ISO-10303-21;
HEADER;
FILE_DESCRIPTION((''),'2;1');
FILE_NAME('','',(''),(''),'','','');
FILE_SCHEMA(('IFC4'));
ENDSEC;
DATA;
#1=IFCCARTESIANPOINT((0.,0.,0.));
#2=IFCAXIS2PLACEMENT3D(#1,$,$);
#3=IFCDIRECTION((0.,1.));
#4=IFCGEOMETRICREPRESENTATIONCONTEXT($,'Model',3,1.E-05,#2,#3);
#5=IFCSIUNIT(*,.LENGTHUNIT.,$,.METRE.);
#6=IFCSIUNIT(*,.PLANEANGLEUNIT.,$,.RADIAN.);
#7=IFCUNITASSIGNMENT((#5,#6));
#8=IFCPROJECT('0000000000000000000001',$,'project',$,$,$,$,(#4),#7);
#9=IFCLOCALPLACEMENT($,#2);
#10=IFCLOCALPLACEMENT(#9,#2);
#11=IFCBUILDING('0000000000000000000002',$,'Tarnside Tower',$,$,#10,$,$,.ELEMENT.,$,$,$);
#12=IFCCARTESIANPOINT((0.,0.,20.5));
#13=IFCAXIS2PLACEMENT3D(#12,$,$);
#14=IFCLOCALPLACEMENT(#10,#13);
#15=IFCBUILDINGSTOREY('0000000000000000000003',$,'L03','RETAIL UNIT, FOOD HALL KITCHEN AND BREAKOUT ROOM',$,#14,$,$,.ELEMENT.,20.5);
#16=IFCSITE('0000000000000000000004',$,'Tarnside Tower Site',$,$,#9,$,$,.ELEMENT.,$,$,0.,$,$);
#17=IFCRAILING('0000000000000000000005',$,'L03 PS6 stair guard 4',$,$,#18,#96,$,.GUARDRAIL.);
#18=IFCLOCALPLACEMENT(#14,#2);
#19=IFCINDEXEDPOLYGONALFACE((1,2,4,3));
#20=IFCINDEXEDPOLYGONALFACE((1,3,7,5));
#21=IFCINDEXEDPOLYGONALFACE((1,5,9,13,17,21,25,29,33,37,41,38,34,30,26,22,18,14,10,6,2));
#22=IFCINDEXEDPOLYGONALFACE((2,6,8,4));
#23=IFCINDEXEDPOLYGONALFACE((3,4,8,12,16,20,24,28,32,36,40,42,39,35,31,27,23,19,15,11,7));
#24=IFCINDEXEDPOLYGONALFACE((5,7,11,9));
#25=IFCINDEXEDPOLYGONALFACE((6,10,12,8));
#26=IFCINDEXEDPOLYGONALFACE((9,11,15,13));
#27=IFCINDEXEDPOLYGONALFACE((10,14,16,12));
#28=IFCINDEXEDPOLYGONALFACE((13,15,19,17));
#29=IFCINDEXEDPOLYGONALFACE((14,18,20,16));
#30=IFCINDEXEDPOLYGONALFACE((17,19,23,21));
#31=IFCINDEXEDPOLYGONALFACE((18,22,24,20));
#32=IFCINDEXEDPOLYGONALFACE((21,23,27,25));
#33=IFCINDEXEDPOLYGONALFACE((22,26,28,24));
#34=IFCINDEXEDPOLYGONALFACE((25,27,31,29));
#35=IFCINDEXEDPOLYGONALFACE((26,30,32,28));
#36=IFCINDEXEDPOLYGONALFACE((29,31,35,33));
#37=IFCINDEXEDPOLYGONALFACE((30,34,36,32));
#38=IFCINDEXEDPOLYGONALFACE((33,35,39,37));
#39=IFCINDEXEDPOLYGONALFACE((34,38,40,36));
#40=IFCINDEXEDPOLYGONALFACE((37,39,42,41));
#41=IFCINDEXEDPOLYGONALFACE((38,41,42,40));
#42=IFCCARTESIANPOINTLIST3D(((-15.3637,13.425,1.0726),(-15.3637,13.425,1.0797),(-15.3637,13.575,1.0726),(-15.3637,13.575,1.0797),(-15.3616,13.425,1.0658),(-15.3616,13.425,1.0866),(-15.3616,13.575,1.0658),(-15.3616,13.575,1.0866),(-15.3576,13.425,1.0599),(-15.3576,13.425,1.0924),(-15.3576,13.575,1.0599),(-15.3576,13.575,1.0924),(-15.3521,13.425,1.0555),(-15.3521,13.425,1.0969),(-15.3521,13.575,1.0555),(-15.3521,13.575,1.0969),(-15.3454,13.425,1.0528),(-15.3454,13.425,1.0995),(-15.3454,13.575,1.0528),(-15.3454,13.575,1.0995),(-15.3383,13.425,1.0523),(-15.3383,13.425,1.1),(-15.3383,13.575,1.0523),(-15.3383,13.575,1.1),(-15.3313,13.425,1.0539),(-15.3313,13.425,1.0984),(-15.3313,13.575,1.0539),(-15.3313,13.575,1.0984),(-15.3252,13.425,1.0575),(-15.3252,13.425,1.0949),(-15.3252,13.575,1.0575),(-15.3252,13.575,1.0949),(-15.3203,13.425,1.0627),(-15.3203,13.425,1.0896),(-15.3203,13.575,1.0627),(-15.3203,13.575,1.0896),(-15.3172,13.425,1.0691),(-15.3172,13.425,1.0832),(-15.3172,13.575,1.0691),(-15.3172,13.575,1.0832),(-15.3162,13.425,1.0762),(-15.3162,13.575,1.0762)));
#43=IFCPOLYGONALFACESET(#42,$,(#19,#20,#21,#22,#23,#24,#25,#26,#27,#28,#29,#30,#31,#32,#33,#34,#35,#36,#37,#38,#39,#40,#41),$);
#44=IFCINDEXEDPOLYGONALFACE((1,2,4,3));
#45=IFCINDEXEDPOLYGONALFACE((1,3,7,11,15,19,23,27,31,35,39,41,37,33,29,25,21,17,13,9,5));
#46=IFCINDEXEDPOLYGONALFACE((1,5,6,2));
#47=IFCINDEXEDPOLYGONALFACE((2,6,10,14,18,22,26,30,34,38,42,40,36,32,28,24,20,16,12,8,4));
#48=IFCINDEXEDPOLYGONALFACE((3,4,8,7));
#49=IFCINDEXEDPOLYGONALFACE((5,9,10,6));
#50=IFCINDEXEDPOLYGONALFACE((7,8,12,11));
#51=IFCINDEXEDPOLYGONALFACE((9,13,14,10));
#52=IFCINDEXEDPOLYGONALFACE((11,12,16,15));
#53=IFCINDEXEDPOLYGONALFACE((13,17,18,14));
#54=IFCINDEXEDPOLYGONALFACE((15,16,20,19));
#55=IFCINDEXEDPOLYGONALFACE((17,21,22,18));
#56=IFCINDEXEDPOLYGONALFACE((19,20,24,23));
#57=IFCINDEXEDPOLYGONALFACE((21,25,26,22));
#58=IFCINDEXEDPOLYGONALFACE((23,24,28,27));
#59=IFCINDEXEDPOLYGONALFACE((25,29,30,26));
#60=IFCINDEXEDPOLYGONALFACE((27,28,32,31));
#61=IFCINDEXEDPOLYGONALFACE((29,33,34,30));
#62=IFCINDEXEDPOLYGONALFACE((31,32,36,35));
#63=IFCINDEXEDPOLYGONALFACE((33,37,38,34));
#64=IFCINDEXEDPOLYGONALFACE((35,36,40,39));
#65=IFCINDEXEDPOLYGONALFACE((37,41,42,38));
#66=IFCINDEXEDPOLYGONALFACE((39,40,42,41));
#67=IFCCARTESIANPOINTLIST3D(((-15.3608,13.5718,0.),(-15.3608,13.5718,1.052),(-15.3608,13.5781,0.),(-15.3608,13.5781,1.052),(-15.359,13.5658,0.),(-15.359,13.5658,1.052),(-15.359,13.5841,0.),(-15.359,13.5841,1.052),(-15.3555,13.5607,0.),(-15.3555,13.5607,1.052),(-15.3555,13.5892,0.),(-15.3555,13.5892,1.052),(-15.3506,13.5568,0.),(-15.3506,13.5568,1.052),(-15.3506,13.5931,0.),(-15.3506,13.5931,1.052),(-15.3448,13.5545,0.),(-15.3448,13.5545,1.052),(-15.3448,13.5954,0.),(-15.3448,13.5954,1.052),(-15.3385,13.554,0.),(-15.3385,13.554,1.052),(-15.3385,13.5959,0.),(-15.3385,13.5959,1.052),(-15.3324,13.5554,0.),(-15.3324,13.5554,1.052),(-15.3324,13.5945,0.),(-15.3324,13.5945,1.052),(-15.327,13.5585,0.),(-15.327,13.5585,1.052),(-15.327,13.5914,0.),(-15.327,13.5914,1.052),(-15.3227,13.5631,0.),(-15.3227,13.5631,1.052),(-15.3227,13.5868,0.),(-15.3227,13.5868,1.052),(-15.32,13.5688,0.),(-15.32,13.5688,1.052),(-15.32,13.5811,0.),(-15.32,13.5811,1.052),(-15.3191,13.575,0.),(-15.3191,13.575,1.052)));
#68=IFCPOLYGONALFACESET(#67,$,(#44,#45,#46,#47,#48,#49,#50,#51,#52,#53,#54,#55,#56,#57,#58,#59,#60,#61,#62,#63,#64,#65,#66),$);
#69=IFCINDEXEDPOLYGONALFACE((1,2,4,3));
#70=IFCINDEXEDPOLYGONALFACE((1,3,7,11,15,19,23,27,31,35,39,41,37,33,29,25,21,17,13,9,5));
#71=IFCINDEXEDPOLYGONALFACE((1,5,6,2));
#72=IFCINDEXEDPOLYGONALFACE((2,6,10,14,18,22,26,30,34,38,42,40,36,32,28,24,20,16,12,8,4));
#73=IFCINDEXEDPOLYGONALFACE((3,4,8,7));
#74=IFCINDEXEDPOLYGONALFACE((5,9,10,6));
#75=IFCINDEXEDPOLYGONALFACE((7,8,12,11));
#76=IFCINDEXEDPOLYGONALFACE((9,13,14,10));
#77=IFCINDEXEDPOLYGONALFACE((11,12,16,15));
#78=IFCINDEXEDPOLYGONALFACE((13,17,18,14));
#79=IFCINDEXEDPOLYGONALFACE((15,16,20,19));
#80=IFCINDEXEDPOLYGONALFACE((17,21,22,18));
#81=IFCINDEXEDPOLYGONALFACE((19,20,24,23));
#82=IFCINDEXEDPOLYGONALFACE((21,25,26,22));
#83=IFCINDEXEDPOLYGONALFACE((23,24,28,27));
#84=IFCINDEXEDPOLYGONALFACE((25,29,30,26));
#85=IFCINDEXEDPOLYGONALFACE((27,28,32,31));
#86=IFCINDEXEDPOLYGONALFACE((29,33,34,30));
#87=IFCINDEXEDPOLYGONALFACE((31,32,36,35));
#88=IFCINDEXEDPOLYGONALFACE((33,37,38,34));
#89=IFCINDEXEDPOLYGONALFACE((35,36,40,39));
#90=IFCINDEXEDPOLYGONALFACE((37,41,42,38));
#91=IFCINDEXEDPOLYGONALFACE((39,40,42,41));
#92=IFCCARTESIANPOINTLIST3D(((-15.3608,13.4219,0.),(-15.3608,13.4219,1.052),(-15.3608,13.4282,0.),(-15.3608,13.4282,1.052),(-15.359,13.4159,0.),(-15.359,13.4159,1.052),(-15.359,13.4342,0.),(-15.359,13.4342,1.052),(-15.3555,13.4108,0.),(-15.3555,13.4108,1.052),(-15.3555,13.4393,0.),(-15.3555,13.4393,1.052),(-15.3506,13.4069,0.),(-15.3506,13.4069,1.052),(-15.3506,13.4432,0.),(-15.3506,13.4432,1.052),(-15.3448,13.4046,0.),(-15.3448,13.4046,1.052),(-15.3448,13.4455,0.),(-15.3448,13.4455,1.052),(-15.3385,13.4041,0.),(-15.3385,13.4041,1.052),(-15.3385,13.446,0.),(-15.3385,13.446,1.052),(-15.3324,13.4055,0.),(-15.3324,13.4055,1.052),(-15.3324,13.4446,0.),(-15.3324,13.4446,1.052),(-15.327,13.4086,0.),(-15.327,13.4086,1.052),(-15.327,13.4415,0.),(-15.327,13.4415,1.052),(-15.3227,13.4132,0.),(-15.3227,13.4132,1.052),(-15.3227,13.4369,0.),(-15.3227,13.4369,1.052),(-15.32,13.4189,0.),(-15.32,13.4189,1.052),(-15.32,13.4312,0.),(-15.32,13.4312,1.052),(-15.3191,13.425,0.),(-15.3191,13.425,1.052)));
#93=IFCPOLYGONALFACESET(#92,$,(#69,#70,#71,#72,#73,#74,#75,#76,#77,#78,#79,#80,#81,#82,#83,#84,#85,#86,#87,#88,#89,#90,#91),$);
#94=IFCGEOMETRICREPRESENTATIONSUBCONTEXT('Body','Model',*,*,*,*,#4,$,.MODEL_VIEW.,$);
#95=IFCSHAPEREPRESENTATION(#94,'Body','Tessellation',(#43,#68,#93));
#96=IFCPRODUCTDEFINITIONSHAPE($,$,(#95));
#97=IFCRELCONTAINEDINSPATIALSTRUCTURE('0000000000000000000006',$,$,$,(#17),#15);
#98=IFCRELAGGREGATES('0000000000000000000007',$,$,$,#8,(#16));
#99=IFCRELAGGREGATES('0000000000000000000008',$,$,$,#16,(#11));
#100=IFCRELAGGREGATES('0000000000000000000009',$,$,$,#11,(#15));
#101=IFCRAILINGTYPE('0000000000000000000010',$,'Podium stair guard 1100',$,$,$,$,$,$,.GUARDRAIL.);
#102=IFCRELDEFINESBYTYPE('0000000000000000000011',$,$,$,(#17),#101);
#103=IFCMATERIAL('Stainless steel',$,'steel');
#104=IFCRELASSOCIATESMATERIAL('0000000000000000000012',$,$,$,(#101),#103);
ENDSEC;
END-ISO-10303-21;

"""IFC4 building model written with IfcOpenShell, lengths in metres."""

from ifc_helpers import new_model, si_unit, direction, frame, origin, origin_2d, place, context, subcontext, project, spatial, circle, extrude, material, type_object, element, save


model = new_model("IFC4")

# Units and contexts
model_context = context("Model", 3, precision=1e-05, world=origin(), true_north=direction((0.0, 1.0)))
body_context = subcontext(model_context, "Body", "Model", "MODEL_VIEW")
ifc_project = project(units=[si_unit("LENGTHUNIT", "METRE"), si_unit("PLANEANGLEUNIT", "RADIAN")], contexts=[model_context])

# Site, building, storey
site_placement = place(None, origin())
site = spatial("IfcSite", under=ifc_project, at=site_placement, Name="Tarnside Tower Site", CompositionType="ELEMENT", RefElevation=0.0)
building_placement = place(site_placement, origin())
building = spatial("IfcBuilding", under=site, at=building_placement, Name="Tarnside Tower", CompositionType="ELEMENT")
storey_placement = place(building_placement, frame((0.0, 0.0, 20.5)))
storey = spatial("IfcBuildingStorey", under=building, at=storey_placement, Name="L03", Description="RETAIL UNIT, FOOD HALL KITCHEN AND BREAKOUT ROOM", CompositionType="ELEMENT", Elevation=20.5)

# Railing
ifc_material_1 = material(Name="Stainless steel", Category="steel")
railing_type = type_object("IfcRailingType", Name="Podium stair guard 1100", PredefinedType="GUARDRAIL", material=ifc_material_1)
railing_1_placement = place(storey_placement, frame((-15.3401, 13.575, 0.0)))
element("IfcRailing", 1, at=railing_1_placement, inside=storey, type_object=railing_type, Name="L03 PS6 stair guard 4", PredefinedType="GUARDRAIL", context=body_context, shape_type="SweptSolid", body=[
    extrude(circle(Radius=0.0239, at=origin_2d()), frame((0.0, 0.0, 1.0762), z_axis=(0.0, -1.0, 0.0), x_axis=(1.0, 0.0, 0.0)), (0.0, 0.0, 1.0), 0.1499),
    extrude(circle(Radius=0.021, at=origin_2d()), origin(), (0.0, 0.0, 1.0), 1.052),
    extrude(circle(Radius=0.021, at=origin_2d()), frame((0.0, -0.1499, 0.0)), (0.0, 0.0, 1.0), 1.052),
])

save(model, "model.ifc")
